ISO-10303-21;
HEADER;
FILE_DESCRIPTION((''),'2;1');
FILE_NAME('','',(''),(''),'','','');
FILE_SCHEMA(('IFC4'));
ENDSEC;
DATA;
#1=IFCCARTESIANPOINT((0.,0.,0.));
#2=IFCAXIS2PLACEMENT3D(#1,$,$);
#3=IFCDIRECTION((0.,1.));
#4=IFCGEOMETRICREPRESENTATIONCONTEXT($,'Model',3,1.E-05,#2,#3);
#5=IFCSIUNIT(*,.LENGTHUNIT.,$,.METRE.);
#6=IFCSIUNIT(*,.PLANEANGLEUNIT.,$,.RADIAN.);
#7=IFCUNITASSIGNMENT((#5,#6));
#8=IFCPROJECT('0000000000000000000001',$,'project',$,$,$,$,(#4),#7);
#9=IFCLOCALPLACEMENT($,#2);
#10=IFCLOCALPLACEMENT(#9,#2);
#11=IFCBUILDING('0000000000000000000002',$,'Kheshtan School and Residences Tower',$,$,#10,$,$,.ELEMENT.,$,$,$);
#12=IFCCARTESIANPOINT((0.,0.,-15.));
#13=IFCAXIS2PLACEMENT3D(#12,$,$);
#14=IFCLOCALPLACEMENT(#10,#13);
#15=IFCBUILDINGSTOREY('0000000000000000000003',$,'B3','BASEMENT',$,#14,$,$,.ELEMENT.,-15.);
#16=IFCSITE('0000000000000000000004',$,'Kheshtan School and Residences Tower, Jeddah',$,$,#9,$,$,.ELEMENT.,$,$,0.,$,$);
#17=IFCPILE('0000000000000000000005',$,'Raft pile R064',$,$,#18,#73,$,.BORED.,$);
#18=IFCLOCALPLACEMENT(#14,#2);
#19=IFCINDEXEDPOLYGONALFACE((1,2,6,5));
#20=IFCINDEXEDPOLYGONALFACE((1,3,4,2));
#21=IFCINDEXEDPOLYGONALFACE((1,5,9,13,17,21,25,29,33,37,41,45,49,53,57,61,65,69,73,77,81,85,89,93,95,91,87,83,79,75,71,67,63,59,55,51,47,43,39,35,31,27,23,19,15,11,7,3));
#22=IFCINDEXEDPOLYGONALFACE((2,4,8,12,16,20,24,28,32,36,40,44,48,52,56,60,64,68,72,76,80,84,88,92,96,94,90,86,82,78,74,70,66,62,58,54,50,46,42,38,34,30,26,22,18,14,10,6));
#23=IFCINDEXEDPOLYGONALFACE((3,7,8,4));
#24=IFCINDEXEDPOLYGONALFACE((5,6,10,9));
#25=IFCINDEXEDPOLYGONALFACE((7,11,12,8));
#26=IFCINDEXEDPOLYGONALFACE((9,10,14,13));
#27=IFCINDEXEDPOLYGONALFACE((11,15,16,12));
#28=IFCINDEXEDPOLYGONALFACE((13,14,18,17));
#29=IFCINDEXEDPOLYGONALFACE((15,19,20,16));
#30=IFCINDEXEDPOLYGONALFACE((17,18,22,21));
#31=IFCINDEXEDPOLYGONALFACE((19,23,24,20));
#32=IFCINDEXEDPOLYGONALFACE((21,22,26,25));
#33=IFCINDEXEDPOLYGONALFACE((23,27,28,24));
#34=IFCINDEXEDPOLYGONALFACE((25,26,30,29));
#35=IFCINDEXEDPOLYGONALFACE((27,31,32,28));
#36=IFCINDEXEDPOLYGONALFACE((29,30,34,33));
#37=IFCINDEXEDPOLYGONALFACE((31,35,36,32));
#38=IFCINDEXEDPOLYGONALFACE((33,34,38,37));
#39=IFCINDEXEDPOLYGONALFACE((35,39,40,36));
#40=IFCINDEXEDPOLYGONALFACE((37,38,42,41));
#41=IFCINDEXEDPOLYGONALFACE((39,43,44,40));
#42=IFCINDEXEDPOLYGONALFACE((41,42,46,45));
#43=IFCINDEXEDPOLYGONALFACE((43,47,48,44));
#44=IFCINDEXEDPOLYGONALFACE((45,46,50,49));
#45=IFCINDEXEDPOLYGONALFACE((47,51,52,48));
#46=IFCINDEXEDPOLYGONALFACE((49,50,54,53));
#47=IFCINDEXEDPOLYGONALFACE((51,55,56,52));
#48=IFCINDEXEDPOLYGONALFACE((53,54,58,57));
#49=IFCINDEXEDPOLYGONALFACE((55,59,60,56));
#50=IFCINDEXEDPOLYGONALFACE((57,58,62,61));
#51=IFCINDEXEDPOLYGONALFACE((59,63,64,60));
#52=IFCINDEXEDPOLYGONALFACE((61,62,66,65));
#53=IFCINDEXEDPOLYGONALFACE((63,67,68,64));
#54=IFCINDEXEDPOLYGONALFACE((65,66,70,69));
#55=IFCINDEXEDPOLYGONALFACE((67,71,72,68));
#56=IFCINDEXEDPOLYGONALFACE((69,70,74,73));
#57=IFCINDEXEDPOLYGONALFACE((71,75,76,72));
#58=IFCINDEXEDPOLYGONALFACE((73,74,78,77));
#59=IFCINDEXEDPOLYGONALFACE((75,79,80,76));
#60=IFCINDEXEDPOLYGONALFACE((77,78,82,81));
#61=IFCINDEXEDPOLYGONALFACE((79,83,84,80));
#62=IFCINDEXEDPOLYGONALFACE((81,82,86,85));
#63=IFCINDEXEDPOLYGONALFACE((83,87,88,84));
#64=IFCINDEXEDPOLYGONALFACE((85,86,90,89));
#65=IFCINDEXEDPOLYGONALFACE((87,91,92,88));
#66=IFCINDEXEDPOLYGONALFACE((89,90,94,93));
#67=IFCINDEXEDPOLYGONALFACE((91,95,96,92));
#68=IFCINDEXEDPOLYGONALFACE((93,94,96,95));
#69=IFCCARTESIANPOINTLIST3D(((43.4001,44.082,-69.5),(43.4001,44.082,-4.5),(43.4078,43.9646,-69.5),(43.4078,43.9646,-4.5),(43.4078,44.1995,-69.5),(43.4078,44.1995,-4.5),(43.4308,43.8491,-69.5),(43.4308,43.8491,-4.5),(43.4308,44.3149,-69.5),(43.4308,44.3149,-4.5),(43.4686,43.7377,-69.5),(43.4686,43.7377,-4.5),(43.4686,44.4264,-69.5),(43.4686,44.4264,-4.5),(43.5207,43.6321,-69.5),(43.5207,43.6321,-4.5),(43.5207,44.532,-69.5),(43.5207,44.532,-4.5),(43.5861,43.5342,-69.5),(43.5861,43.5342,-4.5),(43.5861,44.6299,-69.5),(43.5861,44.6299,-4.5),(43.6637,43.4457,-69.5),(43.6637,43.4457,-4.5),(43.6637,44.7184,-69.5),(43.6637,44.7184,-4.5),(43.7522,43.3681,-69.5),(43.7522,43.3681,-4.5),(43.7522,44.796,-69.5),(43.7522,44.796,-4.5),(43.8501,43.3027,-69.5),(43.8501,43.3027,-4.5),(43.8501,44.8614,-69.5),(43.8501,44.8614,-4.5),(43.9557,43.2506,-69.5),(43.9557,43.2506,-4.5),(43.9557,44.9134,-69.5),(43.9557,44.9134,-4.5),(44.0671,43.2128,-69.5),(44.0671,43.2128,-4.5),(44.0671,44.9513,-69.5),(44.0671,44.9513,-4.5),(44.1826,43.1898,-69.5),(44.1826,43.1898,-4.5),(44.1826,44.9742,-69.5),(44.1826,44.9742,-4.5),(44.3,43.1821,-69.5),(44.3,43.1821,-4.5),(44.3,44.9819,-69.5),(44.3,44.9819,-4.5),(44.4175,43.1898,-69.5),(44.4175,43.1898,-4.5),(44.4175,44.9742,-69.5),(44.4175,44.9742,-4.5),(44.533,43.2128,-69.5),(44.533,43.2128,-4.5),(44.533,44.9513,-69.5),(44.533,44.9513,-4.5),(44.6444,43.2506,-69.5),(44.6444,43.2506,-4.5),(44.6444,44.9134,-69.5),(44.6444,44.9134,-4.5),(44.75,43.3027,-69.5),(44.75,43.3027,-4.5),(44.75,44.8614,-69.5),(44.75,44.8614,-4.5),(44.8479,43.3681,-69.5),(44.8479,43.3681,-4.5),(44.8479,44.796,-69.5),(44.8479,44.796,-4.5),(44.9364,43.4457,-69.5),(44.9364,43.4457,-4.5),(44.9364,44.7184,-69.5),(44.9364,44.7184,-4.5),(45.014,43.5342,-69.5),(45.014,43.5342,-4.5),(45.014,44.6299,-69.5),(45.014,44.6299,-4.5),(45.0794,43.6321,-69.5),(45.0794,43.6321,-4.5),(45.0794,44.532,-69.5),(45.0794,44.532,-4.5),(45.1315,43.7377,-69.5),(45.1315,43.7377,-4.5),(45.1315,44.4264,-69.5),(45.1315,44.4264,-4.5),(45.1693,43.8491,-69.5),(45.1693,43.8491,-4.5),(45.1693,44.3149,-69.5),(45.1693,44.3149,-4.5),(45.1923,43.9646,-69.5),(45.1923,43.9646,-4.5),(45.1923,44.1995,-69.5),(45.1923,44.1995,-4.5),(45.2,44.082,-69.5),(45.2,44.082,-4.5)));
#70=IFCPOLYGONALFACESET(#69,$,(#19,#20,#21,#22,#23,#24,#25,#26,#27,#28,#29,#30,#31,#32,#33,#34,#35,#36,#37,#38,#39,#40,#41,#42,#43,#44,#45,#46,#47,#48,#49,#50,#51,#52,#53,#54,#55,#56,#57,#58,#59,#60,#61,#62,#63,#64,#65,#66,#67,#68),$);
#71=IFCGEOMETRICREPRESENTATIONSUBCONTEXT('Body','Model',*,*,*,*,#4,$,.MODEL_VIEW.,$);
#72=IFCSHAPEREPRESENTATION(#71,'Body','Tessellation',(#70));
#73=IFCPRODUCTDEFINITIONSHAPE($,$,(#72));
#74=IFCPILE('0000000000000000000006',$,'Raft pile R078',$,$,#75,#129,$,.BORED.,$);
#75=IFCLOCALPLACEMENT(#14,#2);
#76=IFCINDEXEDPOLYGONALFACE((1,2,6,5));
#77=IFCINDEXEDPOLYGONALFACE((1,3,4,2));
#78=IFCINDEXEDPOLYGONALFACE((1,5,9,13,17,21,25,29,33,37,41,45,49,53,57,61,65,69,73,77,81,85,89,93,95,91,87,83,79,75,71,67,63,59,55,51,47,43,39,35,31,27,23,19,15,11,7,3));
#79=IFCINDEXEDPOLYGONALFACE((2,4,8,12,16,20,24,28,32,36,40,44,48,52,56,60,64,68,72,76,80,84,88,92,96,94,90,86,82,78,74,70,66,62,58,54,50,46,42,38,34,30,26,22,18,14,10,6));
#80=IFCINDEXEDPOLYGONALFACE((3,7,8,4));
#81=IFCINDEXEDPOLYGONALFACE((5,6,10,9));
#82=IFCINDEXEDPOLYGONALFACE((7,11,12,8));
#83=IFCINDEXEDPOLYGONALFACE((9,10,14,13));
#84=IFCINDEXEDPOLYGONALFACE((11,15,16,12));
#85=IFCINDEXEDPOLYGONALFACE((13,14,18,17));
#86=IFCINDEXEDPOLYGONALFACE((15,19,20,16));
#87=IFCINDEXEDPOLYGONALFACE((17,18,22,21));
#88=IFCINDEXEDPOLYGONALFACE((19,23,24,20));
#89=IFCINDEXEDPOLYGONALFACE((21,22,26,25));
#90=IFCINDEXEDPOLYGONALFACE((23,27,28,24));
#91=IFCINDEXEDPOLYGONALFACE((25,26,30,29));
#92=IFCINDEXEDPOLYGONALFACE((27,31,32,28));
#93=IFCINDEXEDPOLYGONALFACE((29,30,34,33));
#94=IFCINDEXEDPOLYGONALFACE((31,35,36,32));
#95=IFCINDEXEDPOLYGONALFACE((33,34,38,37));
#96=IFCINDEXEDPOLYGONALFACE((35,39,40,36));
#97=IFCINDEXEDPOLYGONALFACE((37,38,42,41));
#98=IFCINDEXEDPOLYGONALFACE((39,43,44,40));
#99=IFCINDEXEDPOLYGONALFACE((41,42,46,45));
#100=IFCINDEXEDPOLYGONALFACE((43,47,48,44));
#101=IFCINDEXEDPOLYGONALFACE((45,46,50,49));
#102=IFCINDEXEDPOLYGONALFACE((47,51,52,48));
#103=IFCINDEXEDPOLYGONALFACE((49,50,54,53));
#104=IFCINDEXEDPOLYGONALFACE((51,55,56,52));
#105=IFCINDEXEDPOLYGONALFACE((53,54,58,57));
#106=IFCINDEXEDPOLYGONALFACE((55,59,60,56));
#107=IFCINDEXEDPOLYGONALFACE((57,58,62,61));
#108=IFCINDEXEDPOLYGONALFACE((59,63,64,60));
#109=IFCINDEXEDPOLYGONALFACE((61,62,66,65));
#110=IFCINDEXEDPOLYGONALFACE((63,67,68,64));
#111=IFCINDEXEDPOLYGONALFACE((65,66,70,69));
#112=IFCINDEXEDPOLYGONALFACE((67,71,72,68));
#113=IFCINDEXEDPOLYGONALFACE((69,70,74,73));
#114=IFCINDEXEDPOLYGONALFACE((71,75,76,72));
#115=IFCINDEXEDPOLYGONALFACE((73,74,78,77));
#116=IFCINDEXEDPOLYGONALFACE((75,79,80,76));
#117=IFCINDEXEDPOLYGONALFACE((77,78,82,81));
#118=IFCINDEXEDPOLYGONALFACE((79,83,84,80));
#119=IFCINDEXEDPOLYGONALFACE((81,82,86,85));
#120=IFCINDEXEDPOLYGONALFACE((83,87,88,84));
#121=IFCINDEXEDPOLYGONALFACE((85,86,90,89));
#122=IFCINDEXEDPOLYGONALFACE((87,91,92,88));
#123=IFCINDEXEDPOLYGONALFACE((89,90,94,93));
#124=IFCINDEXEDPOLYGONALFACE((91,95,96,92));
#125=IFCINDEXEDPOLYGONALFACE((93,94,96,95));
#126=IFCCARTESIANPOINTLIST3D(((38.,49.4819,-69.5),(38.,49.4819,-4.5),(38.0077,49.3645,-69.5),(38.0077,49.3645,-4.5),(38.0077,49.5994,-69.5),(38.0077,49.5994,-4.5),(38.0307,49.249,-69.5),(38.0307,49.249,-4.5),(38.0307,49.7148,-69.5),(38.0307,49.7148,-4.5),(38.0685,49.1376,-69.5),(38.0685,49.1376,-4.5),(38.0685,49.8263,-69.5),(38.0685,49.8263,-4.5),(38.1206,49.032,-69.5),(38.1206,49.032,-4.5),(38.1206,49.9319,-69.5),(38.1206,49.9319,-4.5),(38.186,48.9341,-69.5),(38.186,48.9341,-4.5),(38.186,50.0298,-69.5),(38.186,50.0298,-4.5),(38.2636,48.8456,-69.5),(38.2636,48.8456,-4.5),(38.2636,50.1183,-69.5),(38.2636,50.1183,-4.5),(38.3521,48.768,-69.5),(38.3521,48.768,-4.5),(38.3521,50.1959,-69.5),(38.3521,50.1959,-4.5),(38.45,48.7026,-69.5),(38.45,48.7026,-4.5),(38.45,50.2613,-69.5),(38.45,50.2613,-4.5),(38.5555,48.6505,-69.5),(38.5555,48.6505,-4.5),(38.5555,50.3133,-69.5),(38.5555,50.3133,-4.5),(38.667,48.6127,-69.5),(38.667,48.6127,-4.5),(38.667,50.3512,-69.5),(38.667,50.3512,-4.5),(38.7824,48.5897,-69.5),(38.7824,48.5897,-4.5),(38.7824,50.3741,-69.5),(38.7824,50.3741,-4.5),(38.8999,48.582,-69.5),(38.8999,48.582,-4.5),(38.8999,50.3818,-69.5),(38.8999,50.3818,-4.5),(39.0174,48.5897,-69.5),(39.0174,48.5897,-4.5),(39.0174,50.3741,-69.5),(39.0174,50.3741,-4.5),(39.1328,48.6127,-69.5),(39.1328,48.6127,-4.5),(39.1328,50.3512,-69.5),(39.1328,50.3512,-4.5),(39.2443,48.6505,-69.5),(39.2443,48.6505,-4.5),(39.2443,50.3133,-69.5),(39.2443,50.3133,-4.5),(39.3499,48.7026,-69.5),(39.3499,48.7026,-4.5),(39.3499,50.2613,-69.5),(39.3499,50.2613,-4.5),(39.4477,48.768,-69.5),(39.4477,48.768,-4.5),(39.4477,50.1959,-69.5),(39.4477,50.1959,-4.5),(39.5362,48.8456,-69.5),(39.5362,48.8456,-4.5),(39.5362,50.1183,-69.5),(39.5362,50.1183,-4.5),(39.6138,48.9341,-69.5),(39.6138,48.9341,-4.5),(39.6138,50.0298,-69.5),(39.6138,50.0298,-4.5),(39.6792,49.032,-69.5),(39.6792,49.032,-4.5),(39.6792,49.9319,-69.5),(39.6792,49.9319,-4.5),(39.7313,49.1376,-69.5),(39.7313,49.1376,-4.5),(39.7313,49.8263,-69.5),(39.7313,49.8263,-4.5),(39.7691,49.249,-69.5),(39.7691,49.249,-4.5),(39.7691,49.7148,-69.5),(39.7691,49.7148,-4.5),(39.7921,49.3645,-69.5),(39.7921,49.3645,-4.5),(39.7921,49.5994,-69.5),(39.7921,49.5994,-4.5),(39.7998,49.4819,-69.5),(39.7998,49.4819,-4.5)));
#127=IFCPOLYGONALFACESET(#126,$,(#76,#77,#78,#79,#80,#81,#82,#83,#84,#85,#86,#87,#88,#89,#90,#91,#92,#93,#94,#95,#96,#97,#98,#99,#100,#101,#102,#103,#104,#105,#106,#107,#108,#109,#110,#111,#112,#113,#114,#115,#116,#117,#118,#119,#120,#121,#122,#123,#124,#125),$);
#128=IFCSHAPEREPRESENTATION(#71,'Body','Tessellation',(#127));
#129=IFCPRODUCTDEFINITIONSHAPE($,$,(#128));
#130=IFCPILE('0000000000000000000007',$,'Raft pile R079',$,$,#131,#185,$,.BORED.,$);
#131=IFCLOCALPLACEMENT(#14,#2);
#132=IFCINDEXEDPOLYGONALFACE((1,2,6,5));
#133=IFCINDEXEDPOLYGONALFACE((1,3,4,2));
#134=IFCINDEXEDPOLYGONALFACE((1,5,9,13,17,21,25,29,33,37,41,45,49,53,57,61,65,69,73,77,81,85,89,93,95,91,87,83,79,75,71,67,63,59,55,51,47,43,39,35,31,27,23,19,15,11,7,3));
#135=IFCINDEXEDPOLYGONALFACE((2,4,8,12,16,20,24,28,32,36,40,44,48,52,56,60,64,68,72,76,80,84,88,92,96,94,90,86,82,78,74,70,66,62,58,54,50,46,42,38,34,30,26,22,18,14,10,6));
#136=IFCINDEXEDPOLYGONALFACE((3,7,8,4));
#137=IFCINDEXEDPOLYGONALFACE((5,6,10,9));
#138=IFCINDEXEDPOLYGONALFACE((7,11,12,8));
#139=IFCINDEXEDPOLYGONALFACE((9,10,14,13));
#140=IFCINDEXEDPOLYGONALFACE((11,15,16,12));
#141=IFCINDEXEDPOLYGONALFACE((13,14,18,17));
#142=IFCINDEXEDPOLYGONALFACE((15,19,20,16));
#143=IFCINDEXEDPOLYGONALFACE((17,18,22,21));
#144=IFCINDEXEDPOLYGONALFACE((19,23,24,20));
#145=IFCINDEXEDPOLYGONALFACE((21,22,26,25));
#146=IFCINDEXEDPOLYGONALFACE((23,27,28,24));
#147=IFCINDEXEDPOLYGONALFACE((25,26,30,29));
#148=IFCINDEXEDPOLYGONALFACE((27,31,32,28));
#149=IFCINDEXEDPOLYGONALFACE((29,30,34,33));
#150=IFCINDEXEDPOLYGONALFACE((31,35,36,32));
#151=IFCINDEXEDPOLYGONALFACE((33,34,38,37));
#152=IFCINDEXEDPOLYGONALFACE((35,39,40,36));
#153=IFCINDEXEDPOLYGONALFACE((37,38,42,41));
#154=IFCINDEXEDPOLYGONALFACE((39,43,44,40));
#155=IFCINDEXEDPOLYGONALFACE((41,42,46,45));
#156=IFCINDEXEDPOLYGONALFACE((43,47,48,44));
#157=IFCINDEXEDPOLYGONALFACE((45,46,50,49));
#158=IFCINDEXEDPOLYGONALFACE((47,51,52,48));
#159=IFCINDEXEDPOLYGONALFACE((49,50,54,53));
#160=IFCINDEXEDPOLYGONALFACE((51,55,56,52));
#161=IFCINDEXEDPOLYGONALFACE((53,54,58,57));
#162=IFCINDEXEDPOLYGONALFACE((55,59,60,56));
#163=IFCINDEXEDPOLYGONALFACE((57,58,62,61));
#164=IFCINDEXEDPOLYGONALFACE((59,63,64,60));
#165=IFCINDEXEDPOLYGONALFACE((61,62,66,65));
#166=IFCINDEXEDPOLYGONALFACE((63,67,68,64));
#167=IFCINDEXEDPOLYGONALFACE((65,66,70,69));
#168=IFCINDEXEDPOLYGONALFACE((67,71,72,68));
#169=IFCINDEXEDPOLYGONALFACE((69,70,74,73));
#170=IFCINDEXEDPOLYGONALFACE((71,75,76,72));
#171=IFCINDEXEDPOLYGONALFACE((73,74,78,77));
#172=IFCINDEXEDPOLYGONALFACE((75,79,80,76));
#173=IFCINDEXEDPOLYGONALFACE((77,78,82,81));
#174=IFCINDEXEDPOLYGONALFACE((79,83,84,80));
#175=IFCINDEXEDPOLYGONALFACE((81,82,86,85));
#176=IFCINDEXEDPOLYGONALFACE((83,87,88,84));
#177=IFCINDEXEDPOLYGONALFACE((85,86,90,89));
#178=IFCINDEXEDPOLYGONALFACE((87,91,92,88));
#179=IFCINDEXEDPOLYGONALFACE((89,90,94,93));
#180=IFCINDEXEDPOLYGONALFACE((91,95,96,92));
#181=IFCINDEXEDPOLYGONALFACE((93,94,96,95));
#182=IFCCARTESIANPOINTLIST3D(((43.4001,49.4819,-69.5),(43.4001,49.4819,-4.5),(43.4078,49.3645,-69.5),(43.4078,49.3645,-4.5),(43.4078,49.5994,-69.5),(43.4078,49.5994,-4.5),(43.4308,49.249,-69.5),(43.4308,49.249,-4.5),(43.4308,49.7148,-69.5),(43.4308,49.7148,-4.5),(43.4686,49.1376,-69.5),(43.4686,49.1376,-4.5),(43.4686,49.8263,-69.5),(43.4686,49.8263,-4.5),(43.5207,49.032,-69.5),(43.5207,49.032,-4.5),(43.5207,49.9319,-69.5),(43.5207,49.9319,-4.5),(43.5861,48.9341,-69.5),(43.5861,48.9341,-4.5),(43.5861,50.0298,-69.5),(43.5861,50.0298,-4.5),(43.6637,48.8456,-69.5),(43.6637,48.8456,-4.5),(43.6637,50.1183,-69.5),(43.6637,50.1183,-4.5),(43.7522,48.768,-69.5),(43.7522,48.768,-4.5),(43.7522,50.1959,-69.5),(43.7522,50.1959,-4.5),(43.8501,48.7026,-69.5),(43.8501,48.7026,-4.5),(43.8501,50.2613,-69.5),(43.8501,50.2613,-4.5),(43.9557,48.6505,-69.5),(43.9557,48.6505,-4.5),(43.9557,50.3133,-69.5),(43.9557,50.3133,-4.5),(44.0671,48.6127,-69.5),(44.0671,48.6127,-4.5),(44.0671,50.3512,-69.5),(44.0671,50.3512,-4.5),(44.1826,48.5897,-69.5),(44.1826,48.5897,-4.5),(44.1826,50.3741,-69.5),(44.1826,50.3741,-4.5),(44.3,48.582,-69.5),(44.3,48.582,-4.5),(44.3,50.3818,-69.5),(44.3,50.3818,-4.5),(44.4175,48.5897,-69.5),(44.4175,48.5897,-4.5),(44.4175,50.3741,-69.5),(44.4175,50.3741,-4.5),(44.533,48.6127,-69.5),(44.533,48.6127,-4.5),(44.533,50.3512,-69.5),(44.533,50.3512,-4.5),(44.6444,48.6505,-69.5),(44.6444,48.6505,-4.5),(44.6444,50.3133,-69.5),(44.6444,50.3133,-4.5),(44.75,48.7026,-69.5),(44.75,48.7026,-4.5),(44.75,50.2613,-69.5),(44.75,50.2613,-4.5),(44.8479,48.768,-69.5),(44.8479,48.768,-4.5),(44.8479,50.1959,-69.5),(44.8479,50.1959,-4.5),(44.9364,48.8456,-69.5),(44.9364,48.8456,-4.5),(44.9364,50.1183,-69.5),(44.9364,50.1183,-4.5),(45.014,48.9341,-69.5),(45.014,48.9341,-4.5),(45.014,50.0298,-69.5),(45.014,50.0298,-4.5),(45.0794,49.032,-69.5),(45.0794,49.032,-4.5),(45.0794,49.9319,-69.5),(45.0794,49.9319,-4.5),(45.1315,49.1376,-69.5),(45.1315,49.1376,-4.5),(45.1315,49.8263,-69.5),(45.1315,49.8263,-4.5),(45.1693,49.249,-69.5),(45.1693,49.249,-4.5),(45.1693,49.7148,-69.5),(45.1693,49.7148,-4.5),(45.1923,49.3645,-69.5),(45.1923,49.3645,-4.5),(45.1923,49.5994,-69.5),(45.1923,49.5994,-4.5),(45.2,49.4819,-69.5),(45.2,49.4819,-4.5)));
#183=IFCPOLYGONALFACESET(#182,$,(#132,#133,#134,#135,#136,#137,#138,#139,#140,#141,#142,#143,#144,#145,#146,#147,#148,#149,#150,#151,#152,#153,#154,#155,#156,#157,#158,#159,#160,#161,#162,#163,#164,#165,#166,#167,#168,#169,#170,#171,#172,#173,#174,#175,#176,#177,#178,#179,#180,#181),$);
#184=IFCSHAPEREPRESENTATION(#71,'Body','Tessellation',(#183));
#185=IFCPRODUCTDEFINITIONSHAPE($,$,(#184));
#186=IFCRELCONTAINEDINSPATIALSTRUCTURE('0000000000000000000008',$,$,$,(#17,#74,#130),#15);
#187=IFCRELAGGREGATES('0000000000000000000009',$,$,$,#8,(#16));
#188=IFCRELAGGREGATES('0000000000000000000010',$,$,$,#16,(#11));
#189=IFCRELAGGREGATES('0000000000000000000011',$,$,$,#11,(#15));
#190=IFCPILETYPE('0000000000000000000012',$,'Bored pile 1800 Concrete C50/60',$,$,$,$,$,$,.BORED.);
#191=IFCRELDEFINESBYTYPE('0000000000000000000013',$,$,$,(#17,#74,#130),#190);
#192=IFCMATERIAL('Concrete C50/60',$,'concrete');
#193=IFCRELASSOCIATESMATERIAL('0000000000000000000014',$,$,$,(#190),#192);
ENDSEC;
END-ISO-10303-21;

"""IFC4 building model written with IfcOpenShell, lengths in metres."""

from ifc_helpers import new_model, si_unit, direction, frame, origin, origin_2d, place, context, subcontext, project, spatial, circle, extrude, material, material_profile, profile_set, type_object, element, save


model = new_model("IFC4")

# Units and contexts
model_context = context("Model", 3, precision=1e-05, world=origin(), true_north=direction((0.0, 1.0)))
body_context = subcontext(model_context, "Body", "Model", "MODEL_VIEW")
ifc_project = project(units=[si_unit("LENGTHUNIT", "METRE"), si_unit("PLANEANGLEUNIT", "RADIAN")], contexts=[model_context])

# Site, building, storey
site_placement = place(None, origin())
site = spatial("IfcSite", under=ifc_project, at=site_placement, Name="Kheshtan School and Residences Tower, Jeddah", CompositionType="ELEMENT", RefElevation=0.0)
building_placement = place(site_placement, origin())
building = spatial("IfcBuilding", under=site, at=building_placement, Name="Kheshtan School and Residences Tower", CompositionType="ELEMENT")
storey_placement = place(building_placement, frame((0.0, 0.0, -15.0)))
storey = spatial("IfcBuildingStorey", under=building, at=storey_placement, Name="B3", Description="BASEMENT", CompositionType="ELEMENT", Elevation=-15.0)

# Piles
ifc_material_1 = material(Name="Concrete C50/60", Category="concrete")
ifc_material_profile_1 = material_profile(ifc_material_1, circle(Radius=0.8999, at=origin_2d()), Name="BP 1800")
ifc_profile_set_1 = profile_set([ifc_material_profile_1], Name="Concrete C50/60")
pile_type = type_object("IfcPileType", Name="Bored pile 1800 Concrete C50/60", PredefinedType="BORED", material=ifc_profile_set_1)
for number, where, z_axis, x_axis, name in (
    (1, (44.3, 44.082, -4.5), (0.0, 0.0, -1.0), (1.0, 0.0, 0.0), "Raft pile R064"),
    (2, (38.8999, 49.4819, -4.5), (0.0, 0.0, -1.0), (1.0, 0.0, 0.0), "Raft pile R078"),
    (3, (44.3, 49.4819, -4.5), (0.0, 0.0, -1.0), (1.0, 0.0, 0.0), "Raft pile R079"),
):
    element("IfcPile", number, at=place(storey_placement, frame(where, z_axis=z_axis, x_axis=x_axis)), inside=storey, type_object=pile_type, Name=name, PredefinedType="BORED", context=body_context, shape_type="SweptSolid", body=[
        extrude(circle(Radius=0.8999, at=origin_2d()), origin(), (0.0, 0.0, 1.0), 65.0),
    ])

save(model, "model.ifc")
